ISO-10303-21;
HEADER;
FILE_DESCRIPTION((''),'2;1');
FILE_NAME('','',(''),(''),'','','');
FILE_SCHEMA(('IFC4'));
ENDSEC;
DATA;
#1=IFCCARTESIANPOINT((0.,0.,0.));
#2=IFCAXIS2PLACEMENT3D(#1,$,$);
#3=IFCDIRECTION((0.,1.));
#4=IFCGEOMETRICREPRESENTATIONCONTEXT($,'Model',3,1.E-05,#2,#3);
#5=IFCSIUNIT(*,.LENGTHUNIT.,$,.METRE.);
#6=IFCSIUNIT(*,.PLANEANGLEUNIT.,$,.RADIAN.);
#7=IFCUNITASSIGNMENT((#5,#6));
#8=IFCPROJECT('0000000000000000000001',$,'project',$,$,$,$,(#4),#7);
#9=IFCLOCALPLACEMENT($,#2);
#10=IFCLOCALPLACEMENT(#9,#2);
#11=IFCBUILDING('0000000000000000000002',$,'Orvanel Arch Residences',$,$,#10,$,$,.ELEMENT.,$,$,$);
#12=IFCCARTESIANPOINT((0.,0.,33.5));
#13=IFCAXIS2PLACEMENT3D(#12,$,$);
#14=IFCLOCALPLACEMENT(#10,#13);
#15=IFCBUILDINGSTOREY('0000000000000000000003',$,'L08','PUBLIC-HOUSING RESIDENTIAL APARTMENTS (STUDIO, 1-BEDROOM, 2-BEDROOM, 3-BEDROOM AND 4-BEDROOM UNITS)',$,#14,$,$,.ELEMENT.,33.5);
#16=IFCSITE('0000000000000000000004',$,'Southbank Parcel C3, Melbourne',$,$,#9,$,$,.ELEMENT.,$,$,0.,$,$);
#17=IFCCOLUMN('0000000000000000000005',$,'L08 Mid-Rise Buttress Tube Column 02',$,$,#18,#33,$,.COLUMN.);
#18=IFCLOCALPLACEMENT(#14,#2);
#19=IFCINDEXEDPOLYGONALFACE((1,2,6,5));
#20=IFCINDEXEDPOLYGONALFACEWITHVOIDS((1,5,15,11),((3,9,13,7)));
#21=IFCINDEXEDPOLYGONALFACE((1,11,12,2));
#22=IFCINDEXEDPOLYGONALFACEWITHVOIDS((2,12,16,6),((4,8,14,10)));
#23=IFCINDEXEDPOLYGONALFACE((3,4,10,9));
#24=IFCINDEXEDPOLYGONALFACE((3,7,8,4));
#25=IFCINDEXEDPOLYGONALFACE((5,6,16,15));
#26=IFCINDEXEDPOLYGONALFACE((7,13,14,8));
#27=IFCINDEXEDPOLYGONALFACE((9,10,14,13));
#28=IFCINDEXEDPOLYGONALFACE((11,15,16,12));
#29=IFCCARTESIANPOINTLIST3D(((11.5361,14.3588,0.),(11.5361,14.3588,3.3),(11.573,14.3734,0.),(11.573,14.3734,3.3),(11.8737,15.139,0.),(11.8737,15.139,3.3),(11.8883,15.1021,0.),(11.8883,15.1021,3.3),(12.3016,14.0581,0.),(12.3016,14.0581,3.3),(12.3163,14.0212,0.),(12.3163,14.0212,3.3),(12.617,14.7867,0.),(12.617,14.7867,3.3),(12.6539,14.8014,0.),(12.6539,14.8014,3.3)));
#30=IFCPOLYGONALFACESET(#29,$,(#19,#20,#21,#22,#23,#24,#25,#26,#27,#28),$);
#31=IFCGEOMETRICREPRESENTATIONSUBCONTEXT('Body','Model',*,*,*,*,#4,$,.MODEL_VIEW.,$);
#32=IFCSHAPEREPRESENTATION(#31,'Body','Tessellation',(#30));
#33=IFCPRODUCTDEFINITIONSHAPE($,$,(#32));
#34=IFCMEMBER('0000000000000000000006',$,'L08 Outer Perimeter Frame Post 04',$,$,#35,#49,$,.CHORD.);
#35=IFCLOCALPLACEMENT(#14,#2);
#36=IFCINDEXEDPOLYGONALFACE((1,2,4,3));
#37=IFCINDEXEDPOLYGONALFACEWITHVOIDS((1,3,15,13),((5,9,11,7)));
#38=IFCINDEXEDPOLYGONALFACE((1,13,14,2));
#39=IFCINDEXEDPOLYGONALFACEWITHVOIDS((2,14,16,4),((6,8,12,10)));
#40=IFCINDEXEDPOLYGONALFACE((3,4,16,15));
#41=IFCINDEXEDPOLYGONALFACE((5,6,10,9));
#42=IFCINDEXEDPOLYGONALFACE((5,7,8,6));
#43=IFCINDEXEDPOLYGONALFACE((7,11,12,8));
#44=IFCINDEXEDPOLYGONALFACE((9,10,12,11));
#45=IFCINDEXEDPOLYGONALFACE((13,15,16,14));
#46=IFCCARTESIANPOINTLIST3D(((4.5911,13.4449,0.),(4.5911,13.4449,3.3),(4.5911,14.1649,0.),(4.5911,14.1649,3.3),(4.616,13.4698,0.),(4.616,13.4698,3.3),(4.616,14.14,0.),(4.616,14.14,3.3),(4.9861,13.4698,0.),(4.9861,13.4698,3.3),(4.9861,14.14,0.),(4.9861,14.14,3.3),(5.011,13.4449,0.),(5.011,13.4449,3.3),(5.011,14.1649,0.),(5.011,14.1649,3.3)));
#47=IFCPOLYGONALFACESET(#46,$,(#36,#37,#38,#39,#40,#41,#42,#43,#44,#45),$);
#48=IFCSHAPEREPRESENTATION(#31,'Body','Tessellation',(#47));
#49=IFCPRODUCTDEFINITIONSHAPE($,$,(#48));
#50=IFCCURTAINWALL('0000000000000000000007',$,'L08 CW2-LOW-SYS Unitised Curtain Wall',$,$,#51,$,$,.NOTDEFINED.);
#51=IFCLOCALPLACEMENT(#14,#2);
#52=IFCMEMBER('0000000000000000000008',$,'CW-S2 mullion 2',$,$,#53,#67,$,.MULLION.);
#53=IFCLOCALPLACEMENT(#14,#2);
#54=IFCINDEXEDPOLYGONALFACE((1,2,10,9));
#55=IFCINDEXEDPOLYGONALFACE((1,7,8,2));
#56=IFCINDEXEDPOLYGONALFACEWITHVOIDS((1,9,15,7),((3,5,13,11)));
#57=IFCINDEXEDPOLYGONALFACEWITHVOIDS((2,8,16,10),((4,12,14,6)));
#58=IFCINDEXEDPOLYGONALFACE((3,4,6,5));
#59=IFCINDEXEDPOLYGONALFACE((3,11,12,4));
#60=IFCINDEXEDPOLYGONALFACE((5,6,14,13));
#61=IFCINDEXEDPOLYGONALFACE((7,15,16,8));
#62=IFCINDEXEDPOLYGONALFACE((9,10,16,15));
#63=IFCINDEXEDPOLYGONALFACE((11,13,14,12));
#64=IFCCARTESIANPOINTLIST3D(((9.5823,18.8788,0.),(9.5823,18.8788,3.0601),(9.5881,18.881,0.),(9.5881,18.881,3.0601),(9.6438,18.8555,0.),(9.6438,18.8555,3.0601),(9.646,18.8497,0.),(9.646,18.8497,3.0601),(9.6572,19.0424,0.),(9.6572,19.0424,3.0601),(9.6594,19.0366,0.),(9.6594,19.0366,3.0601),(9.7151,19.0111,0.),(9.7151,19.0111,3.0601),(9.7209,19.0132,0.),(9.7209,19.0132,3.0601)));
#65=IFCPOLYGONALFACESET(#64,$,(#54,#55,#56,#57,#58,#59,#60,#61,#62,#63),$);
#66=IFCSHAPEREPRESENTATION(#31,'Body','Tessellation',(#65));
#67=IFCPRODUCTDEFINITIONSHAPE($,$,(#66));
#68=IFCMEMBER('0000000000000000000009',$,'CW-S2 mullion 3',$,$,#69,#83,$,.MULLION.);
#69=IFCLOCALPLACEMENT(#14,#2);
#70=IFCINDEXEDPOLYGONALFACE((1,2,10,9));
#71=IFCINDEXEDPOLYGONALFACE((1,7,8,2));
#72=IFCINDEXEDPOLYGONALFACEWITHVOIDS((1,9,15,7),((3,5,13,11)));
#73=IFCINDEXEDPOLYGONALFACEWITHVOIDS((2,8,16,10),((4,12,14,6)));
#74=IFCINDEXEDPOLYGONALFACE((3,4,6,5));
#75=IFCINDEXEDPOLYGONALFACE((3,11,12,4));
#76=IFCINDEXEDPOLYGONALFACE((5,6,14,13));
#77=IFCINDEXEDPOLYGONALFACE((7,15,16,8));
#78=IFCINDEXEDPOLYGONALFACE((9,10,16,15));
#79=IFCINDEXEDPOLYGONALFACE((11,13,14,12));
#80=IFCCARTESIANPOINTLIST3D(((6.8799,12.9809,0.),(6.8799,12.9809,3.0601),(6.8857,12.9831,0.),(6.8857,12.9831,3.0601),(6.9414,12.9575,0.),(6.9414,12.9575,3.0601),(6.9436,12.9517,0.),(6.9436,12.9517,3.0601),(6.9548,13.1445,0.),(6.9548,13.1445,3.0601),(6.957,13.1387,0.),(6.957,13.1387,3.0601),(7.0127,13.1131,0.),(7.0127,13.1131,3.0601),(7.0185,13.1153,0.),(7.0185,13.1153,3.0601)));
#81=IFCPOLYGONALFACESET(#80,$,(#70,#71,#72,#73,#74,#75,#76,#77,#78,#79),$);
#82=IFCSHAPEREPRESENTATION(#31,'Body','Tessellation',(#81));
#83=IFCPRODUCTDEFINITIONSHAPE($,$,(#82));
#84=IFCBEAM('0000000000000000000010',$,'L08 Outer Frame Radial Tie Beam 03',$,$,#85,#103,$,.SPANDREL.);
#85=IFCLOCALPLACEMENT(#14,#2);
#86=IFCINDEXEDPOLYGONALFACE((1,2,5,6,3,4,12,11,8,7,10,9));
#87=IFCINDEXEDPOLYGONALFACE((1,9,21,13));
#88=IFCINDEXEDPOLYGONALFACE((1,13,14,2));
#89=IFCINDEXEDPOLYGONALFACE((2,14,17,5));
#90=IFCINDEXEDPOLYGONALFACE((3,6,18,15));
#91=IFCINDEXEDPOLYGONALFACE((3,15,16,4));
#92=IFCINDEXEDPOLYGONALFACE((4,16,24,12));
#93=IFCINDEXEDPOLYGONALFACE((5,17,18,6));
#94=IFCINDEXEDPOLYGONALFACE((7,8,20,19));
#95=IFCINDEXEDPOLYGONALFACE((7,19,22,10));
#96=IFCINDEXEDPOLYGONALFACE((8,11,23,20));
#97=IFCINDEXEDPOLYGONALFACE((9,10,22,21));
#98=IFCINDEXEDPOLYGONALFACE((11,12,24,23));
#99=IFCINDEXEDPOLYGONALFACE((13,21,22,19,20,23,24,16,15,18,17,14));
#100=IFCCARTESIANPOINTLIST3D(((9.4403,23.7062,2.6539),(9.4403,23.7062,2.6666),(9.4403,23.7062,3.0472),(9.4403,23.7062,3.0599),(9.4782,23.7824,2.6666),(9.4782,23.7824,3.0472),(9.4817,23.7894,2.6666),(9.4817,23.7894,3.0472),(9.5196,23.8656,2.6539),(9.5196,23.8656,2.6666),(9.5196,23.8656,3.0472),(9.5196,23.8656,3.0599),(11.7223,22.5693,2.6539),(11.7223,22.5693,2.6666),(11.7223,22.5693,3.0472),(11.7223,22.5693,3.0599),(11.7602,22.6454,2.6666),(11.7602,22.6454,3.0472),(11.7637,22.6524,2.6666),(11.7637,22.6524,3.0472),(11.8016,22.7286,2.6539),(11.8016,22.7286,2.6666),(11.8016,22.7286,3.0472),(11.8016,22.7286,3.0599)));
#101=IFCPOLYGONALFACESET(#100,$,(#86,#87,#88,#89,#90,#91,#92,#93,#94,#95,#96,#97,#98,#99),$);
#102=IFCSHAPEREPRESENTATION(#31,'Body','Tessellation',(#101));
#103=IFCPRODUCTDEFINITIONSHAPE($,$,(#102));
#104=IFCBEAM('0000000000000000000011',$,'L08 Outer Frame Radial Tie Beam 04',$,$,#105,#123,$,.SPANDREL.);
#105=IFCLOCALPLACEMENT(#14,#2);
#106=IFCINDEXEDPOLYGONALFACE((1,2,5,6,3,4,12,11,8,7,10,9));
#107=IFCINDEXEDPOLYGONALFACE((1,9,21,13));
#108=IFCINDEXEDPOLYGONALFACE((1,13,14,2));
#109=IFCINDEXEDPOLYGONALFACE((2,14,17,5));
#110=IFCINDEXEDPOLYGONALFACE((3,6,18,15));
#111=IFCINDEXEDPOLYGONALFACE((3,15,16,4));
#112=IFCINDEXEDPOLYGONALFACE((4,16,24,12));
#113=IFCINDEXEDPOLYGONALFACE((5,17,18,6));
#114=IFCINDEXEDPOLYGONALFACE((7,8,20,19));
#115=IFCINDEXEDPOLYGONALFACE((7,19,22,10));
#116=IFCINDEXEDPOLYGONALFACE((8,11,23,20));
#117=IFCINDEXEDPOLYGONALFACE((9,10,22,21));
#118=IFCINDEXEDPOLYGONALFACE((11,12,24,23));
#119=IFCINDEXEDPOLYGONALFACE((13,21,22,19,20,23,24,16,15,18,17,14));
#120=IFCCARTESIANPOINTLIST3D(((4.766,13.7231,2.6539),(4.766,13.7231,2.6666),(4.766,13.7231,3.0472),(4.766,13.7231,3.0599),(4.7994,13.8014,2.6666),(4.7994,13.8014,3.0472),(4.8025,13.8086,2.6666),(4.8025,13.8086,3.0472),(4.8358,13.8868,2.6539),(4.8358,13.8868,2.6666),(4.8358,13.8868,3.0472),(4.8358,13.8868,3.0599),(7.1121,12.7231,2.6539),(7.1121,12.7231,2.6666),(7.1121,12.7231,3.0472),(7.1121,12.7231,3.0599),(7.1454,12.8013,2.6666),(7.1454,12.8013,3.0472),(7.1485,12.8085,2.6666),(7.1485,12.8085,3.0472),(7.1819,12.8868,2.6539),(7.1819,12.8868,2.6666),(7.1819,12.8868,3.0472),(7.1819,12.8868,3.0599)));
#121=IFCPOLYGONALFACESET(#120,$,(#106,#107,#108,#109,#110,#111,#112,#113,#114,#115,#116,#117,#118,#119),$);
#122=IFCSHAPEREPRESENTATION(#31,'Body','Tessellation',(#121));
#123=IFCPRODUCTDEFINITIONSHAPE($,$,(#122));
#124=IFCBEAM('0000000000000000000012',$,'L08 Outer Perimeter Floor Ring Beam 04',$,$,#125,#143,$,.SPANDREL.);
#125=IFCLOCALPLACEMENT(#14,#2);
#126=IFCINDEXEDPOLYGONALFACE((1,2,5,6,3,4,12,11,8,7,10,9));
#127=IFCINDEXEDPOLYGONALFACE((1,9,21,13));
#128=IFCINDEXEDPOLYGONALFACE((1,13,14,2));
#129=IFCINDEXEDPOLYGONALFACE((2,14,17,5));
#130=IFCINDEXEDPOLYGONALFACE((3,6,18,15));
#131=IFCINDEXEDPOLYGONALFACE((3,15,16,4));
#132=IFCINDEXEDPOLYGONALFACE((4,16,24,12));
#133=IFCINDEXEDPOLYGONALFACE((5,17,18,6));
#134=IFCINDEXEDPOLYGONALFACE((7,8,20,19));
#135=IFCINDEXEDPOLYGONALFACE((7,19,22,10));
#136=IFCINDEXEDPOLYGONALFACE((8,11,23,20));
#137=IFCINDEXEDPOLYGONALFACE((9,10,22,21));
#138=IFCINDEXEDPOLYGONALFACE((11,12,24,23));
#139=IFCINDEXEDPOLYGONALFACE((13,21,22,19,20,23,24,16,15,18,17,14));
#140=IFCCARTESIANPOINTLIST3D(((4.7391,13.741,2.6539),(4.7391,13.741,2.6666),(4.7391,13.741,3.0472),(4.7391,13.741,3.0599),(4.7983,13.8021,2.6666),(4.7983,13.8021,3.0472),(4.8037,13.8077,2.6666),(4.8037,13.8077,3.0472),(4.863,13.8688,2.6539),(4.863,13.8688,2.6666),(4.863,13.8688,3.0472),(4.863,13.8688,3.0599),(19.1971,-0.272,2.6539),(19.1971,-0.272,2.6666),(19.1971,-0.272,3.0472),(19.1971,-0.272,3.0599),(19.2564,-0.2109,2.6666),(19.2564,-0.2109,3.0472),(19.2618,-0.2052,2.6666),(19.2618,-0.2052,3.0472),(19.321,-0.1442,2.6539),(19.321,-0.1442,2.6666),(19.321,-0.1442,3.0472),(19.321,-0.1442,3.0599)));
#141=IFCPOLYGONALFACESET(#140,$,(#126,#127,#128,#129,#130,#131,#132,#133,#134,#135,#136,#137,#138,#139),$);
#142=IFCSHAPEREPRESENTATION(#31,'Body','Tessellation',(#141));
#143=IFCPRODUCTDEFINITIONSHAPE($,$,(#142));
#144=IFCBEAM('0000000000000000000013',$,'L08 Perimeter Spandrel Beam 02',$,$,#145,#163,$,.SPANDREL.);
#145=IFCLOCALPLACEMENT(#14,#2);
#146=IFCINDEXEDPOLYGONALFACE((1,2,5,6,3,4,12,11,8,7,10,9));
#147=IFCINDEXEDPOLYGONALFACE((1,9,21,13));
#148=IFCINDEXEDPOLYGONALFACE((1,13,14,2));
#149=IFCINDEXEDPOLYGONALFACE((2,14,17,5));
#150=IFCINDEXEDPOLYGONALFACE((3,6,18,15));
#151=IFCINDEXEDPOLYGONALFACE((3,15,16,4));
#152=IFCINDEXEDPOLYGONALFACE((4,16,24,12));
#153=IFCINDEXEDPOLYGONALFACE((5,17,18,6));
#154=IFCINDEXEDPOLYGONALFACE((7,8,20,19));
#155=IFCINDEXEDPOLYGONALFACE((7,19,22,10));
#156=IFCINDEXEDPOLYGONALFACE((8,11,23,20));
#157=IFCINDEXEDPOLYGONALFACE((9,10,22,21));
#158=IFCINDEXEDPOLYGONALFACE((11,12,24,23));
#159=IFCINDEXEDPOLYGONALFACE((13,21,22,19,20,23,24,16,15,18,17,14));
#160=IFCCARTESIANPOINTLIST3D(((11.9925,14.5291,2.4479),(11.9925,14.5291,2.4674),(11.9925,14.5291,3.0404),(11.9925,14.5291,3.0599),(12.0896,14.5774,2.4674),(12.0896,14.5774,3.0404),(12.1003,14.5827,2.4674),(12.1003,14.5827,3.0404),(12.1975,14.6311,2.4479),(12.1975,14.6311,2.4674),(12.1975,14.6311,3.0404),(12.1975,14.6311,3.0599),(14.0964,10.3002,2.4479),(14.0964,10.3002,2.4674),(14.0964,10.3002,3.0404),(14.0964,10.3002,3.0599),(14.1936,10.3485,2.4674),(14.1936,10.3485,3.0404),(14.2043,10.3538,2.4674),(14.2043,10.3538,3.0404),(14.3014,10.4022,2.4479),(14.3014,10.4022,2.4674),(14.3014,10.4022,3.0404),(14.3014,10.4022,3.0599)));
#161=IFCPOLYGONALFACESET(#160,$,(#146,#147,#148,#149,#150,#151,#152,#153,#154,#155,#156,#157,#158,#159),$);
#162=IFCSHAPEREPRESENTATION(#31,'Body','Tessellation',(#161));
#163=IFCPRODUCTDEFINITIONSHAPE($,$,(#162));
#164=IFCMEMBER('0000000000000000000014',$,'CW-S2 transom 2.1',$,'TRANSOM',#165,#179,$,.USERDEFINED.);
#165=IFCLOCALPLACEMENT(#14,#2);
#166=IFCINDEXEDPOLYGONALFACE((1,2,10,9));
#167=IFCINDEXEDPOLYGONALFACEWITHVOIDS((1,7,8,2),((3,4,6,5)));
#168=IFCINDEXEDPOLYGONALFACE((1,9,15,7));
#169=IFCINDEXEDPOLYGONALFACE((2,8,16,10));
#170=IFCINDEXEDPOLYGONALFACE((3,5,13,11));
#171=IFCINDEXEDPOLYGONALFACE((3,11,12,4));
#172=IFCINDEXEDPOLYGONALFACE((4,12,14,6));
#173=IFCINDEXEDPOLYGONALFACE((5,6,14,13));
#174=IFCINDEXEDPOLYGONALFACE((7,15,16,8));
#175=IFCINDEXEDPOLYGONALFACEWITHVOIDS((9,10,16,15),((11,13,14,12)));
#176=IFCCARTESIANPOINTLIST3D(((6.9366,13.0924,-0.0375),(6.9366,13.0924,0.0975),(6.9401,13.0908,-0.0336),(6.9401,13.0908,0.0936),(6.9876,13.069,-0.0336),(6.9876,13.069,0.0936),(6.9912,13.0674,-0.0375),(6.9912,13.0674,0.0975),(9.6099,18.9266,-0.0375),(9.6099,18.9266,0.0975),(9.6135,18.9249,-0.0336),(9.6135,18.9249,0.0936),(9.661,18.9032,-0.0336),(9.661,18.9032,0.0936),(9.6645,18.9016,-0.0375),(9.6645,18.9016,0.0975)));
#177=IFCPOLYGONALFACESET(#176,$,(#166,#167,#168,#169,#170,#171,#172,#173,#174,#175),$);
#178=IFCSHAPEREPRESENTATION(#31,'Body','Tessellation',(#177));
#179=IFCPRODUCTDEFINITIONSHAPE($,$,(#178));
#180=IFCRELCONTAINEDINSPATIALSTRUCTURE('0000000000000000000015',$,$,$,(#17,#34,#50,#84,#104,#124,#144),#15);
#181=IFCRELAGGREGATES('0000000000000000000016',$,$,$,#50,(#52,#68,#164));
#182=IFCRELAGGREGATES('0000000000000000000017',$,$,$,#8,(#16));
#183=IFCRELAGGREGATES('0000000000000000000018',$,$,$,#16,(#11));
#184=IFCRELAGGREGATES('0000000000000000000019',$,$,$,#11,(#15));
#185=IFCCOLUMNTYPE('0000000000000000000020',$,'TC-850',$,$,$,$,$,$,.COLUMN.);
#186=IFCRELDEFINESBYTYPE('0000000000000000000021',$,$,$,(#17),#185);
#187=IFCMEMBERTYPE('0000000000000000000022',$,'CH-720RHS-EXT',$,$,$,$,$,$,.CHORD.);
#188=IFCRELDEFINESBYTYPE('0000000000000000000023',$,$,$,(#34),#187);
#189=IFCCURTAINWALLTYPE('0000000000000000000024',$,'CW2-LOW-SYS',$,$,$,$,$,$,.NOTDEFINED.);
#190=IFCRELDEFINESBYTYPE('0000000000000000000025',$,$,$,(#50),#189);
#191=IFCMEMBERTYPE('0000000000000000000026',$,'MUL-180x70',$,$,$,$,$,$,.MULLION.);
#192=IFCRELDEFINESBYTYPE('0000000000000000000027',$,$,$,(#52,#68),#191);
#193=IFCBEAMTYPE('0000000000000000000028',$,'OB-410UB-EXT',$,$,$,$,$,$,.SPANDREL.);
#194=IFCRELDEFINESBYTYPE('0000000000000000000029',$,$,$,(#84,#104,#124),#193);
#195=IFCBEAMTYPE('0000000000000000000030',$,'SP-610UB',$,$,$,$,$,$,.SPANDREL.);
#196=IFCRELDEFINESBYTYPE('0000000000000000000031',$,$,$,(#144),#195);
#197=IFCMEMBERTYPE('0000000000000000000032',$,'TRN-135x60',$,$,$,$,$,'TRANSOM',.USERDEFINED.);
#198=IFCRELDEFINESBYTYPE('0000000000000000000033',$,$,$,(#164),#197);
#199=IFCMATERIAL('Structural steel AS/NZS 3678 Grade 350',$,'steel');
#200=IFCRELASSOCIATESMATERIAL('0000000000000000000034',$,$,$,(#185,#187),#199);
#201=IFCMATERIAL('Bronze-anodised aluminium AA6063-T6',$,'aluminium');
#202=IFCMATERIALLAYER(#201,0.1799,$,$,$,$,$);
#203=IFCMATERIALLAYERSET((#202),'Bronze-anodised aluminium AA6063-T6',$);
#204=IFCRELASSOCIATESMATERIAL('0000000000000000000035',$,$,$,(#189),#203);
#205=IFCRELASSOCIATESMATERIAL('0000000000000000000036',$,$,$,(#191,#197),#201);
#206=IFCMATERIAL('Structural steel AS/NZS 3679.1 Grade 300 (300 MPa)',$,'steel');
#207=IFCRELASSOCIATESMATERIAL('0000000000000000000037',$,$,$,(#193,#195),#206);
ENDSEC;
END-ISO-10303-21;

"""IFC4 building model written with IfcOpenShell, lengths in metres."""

from ifc_helpers import new_model, si_unit, direction, frame, origin, origin_2d, place, context, subcontext, project, spatial, hollow_rectangle, i_section, extrude, material, layer, layer_set, material_profile, profile_set, type_object, element, aggregate, save


model = new_model("IFC4")

# Units and contexts
model_context = context("Model", 3, precision=1e-05, world=origin(), true_north=direction((0.0, 1.0)))
body_context = subcontext(model_context, "Body", "Model", "MODEL_VIEW")
ifc_project = project(units=[si_unit("LENGTHUNIT", "METRE"), si_unit("PLANEANGLEUNIT", "RADIAN")], contexts=[model_context])

# Site, building, storey
site_placement = place(None, origin())
site = spatial("IfcSite", under=ifc_project, at=site_placement, Name="Southbank Parcel C3, Melbourne", CompositionType="ELEMENT", RefElevation=0.0)
building_placement = place(site_placement, origin())
building = spatial("IfcBuilding", under=site, at=building_placement, Name="Orvanel Arch Residences", CompositionType="ELEMENT")
storey_placement = place(building_placement, frame((0.0, 0.0, 33.5)))
storey = spatial("IfcBuildingStorey", under=building, at=storey_placement, Name="L08", Description="PUBLIC-HOUSING RESIDENTIAL APARTMENTS (STUDIO, 1-BEDROOM, 2-BEDROOM, 3-BEDROOM AND 4-BEDROOM UNITS)", CompositionType="ELEMENT", Elevation=33.5)

# Column
ifc_material_1 = material(Name="Structural steel AS/NZS 3678 Grade 350", Category="steel")
ifc_material_profile_1 = material_profile(ifc_material_1, hollow_rectangle(XDim=0.8501, YDim=0.8501, WallThickness=0.0281, at=origin_2d()), Name="BOX850x850x28")
ifc_profile_set_1 = profile_set([ifc_material_profile_1], Name="Structural steel AS/NZS 3678 Grade 350")
column_type = type_object("IfcColumnType", Name="TC-850", PredefinedType="COLUMN", material=ifc_profile_set_1)
column_placement = place(storey_placement, frame((12.095, 14.5801, 0.0), z_axis=(0.0, 0.0, 1.0), x_axis=(0.397148, 0.917755, 0.0)))
element("IfcColumn", 1, at=column_placement, inside=storey, type_object=column_type, Name="L08 Mid-Rise Buttress Tube Column 02", PredefinedType="COLUMN", context=body_context, shape_type="SweptSolid", body=[
    extrude(hollow_rectangle(XDim=0.8501, YDim=0.8501, WallThickness=0.0281, at=origin_2d()), origin(), (0.0, 0.0, 1.0), 3.3),
])

# Member
ifc_material_profile_2 = material_profile(ifc_material_1, hollow_rectangle(XDim=0.4199, YDim=0.72, WallThickness=0.0249, at=origin_2d()), Name="RHS720x420x25")
ifc_profile_set_2 = profile_set([ifc_material_profile_2], Name="Structural steel AS/NZS 3678 Grade 350")
member_type_1 = type_object("IfcMemberType", Name="CH-720RHS-EXT", PredefinedType="CHORD", material=ifc_profile_set_2)
member_1_placement = place(storey_placement, frame((4.801, 13.8049, 0.0), z_axis=(0.0, 0.0, 1.0), x_axis=(1.0, 0.0, 0.0)))
element("IfcMember", 2, at=member_1_placement, inside=storey, type_object=member_type_1, Name="L08 Outer Perimeter Frame Post 04", PredefinedType="CHORD", context=body_context, shape_type="SweptSolid", body=[
    extrude(hollow_rectangle(XDim=0.4199, YDim=0.72, WallThickness=0.0249, at=origin_2d()), origin(), (0.0, 0.0, 1.0), 3.3),
])

# Curtain wall, members
ifc_material_2 = material(Name="Bronze-anodised aluminium AA6063-T6", Category="aluminium")
ifc_layer_1 = layer(ifc_material_2, 0.1799)
ifc_layer_set_1 = layer_set([ifc_layer_1], Name="Bronze-anodised aluminium AA6063-T6")
curtain_wall_type = type_object("IfcCurtainWallType", Name="CW2-LOW-SYS", PredefinedType="NOTDEFINED", material=ifc_layer_set_1)
curtain_wall_placement = place(storey_placement, origin())
curtain_wall = element("IfcCurtainWall", 3, at=curtain_wall_placement, inside=storey, type_object=curtain_wall_type, Name="L08 CW2-LOW-SYS Unitised Curtain Wall", PredefinedType="NOTDEFINED")
ifc_material_profile_3 = material_profile(ifc_material_2, hollow_rectangle(XDim=0.0701, YDim=0.1799, WallThickness=0.0044, at=origin_2d()), Name="ALU180x70x4.5")
ifc_profile_set_3 = profile_set([ifc_material_profile_3], Name="Bronze-anodised aluminium AA6063-T6")
member_type_2 = type_object("IfcMemberType", Name="MUL-180x70", PredefinedType="MULLION", material=ifc_profile_set_3)
member_2_placement = place(storey_placement, frame((9.6516, 18.946, 0.0), z_axis=(0.0, 0.0, 1.0), x_axis=(0.909118, -0.416538, 0.0)))
member_2 = element("IfcMember", 4, at=member_2_placement, type_object=member_type_2, Name="CW-S2 mullion 2", PredefinedType="MULLION", context=body_context, shape_type="SweptSolid", body=[
    extrude(hollow_rectangle(XDim=0.0701, YDim=0.1799, WallThickness=0.0044, at=origin_2d()), origin(), (0.0, 0.0, 1.0), 3.0601),
])
member_3_placement = place(storey_placement, frame((6.9492, 13.0481, 0.0), z_axis=(0.0, 0.0, 1.0), x_axis=(0.909118, -0.416538, 0.0)))
member_3 = element("IfcMember", 5, at=member_3_placement, type_object=member_type_2, Name="CW-S2 mullion 3", PredefinedType="MULLION", context=body_context, shape_type="SweptSolid", body=[
    extrude(hollow_rectangle(XDim=0.0701, YDim=0.1799, WallThickness=0.0044, at=origin_2d()), origin(), (0.0, 0.0, 1.0), 3.0601),
])

# Beams
ifc_material_3 = material(Name="Structural steel AS/NZS 3679.1 Grade 300 (300 MPa)", Category="steel")
ifc_material_profile_4 = material_profile(ifc_material_3, i_section(OverallWidth=0.178, OverallDepth=0.406, WebThickness=0.0078, FlangeThickness=0.0127, at=origin_2d()), Name="410UB59.7")
ifc_profile_set_4 = profile_set([ifc_material_profile_4], Name="Structural steel AS/NZS 3679.1 Grade 300 (300 MPa)")
beam_type_1 = type_object("IfcBeamType", Name="OB-410UB-EXT", PredefinedType="SPANDREL", material=ifc_profile_set_4)
beam_1_placement = place(storey_placement, frame((11.762, 22.6489, 2.8569), z_axis=(-0.895058, 0.445949, 0.0), x_axis=(-0.445949, -0.895058, 0.0)))
element("IfcBeam", 6, at=beam_1_placement, inside=storey, type_object=beam_type_1, Name="L08 Outer Frame Radial Tie Beam 03", PredefinedType="SPANDREL", context=body_context, shape_type="SweptSolid", body=[
    extrude(i_section(OverallWidth=0.178, OverallDepth=0.406, WebThickness=0.0078, FlangeThickness=0.0127, at=origin_2d()), origin(), (0.0, 0.0, 1.0), 2.5496),
])
beam_2_placement = place(storey_placement, frame((7.147, 12.8049, 2.8569), z_axis=(-0.919911, 0.392128, 0.0), x_axis=(-0.392128, -0.919911, 0.0)))
element("IfcBeam", 7, at=beam_2_placement, inside=storey, type_object=beam_type_1, Name="L08 Outer Frame Radial Tie Beam 04", PredefinedType="SPANDREL", context=body_context, shape_type="SweptSolid", body=[
    extrude(i_section(OverallWidth=0.178, OverallDepth=0.406, WebThickness=0.0078, FlangeThickness=0.0127, at=origin_2d()), origin(), (0.0, 0.0, 1.0), 2.5503),
])
beam_3_placement = place(storey_placement, frame((4.801, 13.8049, 2.8569), z_axis=(0.718073, -0.695968, 0.0), x_axis=(0.695968, 0.718073, 0.0)))
element("IfcBeam", 8, at=beam_3_placement, inside=storey, type_object=beam_type_1, Name="L08 Outer Perimeter Floor Ring Beam 04", PredefinedType="SPANDREL", context=body_context, shape_type="SweptSolid", body=[
    extrude(i_section(OverallWidth=0.178, OverallDepth=0.406, WebThickness=0.0078, FlangeThickness=0.0127, at=origin_2d()), origin(), (0.0, 0.0, 1.0), 20.1345),
])
ifc_material_profile_5 = material_profile(ifc_material_3, i_section(OverallWidth=0.229, OverallDepth=0.6121, WebThickness=0.012, FlangeThickness=0.0195, at=origin_2d()), Name="610UB125")
ifc_profile_set_5 = profile_set([ifc_material_profile_5], Name="Structural steel AS/NZS 3679.1 Grade 300 (300 MPa)")
beam_type_2 = type_object("IfcBeamType", Name="SP-610UB", PredefinedType="SPANDREL", material=ifc_profile_set_5)
beam_4_placement = place(storey_placement, frame((12.095, 14.5801, 2.7539), z_axis=(0.445435, -0.895314, 0.0), x_axis=(0.895314, 0.445435, 0.0)))
element("IfcBeam", 9, at=beam_4_placement, inside=storey, type_object=beam_type_2, Name="L08 Perimeter Spandrel Beam 02", PredefinedType="SPANDREL", context=body_context, shape_type="SweptSolid", body=[
    extrude(i_section(OverallWidth=0.229, OverallDepth=0.6121, WebThickness=0.012, FlangeThickness=0.0195, at=origin_2d()), origin(), (0.0, 0.0, 1.0), 4.7234),
])

# Member
ifc_material_profile_6 = material_profile(ifc_material_2, hollow_rectangle(XDim=0.0601, YDim=0.135, WallThickness=0.0039, at=origin_2d()), Name="ALU135x60x4")
ifc_profile_set_6 = profile_set([ifc_material_profile_6], Name="Bronze-anodised aluminium AA6063-T6")
member_type_3 = type_object("IfcMemberType", Name="TRN-135x60", ElementType="TRANSOM", PredefinedType="USERDEFINED", material=ifc_profile_set_6)
member_4_placement = place(storey_placement, frame((9.6372, 18.9141, 0.03), z_axis=(-0.416567, -0.909105, 0.0), x_axis=(0.909105, -0.416567, 0.0)))
member_4 = element("IfcMember", 10, at=member_4_placement, type_object=member_type_3, Name="CW-S2 transom 2.1", ObjectType="TRANSOM", PredefinedType="USERDEFINED", context=body_context, shape_type="SweptSolid", body=[
    extrude(hollow_rectangle(XDim=0.0601, YDim=0.135, WallThickness=0.0039, at=origin_2d()), origin(), (0.0, 0.0, 1.0), 6.4175),
])

aggregate(curtain_wall, [member_2, member_3, member_4])

save(model, "model.ifc")
